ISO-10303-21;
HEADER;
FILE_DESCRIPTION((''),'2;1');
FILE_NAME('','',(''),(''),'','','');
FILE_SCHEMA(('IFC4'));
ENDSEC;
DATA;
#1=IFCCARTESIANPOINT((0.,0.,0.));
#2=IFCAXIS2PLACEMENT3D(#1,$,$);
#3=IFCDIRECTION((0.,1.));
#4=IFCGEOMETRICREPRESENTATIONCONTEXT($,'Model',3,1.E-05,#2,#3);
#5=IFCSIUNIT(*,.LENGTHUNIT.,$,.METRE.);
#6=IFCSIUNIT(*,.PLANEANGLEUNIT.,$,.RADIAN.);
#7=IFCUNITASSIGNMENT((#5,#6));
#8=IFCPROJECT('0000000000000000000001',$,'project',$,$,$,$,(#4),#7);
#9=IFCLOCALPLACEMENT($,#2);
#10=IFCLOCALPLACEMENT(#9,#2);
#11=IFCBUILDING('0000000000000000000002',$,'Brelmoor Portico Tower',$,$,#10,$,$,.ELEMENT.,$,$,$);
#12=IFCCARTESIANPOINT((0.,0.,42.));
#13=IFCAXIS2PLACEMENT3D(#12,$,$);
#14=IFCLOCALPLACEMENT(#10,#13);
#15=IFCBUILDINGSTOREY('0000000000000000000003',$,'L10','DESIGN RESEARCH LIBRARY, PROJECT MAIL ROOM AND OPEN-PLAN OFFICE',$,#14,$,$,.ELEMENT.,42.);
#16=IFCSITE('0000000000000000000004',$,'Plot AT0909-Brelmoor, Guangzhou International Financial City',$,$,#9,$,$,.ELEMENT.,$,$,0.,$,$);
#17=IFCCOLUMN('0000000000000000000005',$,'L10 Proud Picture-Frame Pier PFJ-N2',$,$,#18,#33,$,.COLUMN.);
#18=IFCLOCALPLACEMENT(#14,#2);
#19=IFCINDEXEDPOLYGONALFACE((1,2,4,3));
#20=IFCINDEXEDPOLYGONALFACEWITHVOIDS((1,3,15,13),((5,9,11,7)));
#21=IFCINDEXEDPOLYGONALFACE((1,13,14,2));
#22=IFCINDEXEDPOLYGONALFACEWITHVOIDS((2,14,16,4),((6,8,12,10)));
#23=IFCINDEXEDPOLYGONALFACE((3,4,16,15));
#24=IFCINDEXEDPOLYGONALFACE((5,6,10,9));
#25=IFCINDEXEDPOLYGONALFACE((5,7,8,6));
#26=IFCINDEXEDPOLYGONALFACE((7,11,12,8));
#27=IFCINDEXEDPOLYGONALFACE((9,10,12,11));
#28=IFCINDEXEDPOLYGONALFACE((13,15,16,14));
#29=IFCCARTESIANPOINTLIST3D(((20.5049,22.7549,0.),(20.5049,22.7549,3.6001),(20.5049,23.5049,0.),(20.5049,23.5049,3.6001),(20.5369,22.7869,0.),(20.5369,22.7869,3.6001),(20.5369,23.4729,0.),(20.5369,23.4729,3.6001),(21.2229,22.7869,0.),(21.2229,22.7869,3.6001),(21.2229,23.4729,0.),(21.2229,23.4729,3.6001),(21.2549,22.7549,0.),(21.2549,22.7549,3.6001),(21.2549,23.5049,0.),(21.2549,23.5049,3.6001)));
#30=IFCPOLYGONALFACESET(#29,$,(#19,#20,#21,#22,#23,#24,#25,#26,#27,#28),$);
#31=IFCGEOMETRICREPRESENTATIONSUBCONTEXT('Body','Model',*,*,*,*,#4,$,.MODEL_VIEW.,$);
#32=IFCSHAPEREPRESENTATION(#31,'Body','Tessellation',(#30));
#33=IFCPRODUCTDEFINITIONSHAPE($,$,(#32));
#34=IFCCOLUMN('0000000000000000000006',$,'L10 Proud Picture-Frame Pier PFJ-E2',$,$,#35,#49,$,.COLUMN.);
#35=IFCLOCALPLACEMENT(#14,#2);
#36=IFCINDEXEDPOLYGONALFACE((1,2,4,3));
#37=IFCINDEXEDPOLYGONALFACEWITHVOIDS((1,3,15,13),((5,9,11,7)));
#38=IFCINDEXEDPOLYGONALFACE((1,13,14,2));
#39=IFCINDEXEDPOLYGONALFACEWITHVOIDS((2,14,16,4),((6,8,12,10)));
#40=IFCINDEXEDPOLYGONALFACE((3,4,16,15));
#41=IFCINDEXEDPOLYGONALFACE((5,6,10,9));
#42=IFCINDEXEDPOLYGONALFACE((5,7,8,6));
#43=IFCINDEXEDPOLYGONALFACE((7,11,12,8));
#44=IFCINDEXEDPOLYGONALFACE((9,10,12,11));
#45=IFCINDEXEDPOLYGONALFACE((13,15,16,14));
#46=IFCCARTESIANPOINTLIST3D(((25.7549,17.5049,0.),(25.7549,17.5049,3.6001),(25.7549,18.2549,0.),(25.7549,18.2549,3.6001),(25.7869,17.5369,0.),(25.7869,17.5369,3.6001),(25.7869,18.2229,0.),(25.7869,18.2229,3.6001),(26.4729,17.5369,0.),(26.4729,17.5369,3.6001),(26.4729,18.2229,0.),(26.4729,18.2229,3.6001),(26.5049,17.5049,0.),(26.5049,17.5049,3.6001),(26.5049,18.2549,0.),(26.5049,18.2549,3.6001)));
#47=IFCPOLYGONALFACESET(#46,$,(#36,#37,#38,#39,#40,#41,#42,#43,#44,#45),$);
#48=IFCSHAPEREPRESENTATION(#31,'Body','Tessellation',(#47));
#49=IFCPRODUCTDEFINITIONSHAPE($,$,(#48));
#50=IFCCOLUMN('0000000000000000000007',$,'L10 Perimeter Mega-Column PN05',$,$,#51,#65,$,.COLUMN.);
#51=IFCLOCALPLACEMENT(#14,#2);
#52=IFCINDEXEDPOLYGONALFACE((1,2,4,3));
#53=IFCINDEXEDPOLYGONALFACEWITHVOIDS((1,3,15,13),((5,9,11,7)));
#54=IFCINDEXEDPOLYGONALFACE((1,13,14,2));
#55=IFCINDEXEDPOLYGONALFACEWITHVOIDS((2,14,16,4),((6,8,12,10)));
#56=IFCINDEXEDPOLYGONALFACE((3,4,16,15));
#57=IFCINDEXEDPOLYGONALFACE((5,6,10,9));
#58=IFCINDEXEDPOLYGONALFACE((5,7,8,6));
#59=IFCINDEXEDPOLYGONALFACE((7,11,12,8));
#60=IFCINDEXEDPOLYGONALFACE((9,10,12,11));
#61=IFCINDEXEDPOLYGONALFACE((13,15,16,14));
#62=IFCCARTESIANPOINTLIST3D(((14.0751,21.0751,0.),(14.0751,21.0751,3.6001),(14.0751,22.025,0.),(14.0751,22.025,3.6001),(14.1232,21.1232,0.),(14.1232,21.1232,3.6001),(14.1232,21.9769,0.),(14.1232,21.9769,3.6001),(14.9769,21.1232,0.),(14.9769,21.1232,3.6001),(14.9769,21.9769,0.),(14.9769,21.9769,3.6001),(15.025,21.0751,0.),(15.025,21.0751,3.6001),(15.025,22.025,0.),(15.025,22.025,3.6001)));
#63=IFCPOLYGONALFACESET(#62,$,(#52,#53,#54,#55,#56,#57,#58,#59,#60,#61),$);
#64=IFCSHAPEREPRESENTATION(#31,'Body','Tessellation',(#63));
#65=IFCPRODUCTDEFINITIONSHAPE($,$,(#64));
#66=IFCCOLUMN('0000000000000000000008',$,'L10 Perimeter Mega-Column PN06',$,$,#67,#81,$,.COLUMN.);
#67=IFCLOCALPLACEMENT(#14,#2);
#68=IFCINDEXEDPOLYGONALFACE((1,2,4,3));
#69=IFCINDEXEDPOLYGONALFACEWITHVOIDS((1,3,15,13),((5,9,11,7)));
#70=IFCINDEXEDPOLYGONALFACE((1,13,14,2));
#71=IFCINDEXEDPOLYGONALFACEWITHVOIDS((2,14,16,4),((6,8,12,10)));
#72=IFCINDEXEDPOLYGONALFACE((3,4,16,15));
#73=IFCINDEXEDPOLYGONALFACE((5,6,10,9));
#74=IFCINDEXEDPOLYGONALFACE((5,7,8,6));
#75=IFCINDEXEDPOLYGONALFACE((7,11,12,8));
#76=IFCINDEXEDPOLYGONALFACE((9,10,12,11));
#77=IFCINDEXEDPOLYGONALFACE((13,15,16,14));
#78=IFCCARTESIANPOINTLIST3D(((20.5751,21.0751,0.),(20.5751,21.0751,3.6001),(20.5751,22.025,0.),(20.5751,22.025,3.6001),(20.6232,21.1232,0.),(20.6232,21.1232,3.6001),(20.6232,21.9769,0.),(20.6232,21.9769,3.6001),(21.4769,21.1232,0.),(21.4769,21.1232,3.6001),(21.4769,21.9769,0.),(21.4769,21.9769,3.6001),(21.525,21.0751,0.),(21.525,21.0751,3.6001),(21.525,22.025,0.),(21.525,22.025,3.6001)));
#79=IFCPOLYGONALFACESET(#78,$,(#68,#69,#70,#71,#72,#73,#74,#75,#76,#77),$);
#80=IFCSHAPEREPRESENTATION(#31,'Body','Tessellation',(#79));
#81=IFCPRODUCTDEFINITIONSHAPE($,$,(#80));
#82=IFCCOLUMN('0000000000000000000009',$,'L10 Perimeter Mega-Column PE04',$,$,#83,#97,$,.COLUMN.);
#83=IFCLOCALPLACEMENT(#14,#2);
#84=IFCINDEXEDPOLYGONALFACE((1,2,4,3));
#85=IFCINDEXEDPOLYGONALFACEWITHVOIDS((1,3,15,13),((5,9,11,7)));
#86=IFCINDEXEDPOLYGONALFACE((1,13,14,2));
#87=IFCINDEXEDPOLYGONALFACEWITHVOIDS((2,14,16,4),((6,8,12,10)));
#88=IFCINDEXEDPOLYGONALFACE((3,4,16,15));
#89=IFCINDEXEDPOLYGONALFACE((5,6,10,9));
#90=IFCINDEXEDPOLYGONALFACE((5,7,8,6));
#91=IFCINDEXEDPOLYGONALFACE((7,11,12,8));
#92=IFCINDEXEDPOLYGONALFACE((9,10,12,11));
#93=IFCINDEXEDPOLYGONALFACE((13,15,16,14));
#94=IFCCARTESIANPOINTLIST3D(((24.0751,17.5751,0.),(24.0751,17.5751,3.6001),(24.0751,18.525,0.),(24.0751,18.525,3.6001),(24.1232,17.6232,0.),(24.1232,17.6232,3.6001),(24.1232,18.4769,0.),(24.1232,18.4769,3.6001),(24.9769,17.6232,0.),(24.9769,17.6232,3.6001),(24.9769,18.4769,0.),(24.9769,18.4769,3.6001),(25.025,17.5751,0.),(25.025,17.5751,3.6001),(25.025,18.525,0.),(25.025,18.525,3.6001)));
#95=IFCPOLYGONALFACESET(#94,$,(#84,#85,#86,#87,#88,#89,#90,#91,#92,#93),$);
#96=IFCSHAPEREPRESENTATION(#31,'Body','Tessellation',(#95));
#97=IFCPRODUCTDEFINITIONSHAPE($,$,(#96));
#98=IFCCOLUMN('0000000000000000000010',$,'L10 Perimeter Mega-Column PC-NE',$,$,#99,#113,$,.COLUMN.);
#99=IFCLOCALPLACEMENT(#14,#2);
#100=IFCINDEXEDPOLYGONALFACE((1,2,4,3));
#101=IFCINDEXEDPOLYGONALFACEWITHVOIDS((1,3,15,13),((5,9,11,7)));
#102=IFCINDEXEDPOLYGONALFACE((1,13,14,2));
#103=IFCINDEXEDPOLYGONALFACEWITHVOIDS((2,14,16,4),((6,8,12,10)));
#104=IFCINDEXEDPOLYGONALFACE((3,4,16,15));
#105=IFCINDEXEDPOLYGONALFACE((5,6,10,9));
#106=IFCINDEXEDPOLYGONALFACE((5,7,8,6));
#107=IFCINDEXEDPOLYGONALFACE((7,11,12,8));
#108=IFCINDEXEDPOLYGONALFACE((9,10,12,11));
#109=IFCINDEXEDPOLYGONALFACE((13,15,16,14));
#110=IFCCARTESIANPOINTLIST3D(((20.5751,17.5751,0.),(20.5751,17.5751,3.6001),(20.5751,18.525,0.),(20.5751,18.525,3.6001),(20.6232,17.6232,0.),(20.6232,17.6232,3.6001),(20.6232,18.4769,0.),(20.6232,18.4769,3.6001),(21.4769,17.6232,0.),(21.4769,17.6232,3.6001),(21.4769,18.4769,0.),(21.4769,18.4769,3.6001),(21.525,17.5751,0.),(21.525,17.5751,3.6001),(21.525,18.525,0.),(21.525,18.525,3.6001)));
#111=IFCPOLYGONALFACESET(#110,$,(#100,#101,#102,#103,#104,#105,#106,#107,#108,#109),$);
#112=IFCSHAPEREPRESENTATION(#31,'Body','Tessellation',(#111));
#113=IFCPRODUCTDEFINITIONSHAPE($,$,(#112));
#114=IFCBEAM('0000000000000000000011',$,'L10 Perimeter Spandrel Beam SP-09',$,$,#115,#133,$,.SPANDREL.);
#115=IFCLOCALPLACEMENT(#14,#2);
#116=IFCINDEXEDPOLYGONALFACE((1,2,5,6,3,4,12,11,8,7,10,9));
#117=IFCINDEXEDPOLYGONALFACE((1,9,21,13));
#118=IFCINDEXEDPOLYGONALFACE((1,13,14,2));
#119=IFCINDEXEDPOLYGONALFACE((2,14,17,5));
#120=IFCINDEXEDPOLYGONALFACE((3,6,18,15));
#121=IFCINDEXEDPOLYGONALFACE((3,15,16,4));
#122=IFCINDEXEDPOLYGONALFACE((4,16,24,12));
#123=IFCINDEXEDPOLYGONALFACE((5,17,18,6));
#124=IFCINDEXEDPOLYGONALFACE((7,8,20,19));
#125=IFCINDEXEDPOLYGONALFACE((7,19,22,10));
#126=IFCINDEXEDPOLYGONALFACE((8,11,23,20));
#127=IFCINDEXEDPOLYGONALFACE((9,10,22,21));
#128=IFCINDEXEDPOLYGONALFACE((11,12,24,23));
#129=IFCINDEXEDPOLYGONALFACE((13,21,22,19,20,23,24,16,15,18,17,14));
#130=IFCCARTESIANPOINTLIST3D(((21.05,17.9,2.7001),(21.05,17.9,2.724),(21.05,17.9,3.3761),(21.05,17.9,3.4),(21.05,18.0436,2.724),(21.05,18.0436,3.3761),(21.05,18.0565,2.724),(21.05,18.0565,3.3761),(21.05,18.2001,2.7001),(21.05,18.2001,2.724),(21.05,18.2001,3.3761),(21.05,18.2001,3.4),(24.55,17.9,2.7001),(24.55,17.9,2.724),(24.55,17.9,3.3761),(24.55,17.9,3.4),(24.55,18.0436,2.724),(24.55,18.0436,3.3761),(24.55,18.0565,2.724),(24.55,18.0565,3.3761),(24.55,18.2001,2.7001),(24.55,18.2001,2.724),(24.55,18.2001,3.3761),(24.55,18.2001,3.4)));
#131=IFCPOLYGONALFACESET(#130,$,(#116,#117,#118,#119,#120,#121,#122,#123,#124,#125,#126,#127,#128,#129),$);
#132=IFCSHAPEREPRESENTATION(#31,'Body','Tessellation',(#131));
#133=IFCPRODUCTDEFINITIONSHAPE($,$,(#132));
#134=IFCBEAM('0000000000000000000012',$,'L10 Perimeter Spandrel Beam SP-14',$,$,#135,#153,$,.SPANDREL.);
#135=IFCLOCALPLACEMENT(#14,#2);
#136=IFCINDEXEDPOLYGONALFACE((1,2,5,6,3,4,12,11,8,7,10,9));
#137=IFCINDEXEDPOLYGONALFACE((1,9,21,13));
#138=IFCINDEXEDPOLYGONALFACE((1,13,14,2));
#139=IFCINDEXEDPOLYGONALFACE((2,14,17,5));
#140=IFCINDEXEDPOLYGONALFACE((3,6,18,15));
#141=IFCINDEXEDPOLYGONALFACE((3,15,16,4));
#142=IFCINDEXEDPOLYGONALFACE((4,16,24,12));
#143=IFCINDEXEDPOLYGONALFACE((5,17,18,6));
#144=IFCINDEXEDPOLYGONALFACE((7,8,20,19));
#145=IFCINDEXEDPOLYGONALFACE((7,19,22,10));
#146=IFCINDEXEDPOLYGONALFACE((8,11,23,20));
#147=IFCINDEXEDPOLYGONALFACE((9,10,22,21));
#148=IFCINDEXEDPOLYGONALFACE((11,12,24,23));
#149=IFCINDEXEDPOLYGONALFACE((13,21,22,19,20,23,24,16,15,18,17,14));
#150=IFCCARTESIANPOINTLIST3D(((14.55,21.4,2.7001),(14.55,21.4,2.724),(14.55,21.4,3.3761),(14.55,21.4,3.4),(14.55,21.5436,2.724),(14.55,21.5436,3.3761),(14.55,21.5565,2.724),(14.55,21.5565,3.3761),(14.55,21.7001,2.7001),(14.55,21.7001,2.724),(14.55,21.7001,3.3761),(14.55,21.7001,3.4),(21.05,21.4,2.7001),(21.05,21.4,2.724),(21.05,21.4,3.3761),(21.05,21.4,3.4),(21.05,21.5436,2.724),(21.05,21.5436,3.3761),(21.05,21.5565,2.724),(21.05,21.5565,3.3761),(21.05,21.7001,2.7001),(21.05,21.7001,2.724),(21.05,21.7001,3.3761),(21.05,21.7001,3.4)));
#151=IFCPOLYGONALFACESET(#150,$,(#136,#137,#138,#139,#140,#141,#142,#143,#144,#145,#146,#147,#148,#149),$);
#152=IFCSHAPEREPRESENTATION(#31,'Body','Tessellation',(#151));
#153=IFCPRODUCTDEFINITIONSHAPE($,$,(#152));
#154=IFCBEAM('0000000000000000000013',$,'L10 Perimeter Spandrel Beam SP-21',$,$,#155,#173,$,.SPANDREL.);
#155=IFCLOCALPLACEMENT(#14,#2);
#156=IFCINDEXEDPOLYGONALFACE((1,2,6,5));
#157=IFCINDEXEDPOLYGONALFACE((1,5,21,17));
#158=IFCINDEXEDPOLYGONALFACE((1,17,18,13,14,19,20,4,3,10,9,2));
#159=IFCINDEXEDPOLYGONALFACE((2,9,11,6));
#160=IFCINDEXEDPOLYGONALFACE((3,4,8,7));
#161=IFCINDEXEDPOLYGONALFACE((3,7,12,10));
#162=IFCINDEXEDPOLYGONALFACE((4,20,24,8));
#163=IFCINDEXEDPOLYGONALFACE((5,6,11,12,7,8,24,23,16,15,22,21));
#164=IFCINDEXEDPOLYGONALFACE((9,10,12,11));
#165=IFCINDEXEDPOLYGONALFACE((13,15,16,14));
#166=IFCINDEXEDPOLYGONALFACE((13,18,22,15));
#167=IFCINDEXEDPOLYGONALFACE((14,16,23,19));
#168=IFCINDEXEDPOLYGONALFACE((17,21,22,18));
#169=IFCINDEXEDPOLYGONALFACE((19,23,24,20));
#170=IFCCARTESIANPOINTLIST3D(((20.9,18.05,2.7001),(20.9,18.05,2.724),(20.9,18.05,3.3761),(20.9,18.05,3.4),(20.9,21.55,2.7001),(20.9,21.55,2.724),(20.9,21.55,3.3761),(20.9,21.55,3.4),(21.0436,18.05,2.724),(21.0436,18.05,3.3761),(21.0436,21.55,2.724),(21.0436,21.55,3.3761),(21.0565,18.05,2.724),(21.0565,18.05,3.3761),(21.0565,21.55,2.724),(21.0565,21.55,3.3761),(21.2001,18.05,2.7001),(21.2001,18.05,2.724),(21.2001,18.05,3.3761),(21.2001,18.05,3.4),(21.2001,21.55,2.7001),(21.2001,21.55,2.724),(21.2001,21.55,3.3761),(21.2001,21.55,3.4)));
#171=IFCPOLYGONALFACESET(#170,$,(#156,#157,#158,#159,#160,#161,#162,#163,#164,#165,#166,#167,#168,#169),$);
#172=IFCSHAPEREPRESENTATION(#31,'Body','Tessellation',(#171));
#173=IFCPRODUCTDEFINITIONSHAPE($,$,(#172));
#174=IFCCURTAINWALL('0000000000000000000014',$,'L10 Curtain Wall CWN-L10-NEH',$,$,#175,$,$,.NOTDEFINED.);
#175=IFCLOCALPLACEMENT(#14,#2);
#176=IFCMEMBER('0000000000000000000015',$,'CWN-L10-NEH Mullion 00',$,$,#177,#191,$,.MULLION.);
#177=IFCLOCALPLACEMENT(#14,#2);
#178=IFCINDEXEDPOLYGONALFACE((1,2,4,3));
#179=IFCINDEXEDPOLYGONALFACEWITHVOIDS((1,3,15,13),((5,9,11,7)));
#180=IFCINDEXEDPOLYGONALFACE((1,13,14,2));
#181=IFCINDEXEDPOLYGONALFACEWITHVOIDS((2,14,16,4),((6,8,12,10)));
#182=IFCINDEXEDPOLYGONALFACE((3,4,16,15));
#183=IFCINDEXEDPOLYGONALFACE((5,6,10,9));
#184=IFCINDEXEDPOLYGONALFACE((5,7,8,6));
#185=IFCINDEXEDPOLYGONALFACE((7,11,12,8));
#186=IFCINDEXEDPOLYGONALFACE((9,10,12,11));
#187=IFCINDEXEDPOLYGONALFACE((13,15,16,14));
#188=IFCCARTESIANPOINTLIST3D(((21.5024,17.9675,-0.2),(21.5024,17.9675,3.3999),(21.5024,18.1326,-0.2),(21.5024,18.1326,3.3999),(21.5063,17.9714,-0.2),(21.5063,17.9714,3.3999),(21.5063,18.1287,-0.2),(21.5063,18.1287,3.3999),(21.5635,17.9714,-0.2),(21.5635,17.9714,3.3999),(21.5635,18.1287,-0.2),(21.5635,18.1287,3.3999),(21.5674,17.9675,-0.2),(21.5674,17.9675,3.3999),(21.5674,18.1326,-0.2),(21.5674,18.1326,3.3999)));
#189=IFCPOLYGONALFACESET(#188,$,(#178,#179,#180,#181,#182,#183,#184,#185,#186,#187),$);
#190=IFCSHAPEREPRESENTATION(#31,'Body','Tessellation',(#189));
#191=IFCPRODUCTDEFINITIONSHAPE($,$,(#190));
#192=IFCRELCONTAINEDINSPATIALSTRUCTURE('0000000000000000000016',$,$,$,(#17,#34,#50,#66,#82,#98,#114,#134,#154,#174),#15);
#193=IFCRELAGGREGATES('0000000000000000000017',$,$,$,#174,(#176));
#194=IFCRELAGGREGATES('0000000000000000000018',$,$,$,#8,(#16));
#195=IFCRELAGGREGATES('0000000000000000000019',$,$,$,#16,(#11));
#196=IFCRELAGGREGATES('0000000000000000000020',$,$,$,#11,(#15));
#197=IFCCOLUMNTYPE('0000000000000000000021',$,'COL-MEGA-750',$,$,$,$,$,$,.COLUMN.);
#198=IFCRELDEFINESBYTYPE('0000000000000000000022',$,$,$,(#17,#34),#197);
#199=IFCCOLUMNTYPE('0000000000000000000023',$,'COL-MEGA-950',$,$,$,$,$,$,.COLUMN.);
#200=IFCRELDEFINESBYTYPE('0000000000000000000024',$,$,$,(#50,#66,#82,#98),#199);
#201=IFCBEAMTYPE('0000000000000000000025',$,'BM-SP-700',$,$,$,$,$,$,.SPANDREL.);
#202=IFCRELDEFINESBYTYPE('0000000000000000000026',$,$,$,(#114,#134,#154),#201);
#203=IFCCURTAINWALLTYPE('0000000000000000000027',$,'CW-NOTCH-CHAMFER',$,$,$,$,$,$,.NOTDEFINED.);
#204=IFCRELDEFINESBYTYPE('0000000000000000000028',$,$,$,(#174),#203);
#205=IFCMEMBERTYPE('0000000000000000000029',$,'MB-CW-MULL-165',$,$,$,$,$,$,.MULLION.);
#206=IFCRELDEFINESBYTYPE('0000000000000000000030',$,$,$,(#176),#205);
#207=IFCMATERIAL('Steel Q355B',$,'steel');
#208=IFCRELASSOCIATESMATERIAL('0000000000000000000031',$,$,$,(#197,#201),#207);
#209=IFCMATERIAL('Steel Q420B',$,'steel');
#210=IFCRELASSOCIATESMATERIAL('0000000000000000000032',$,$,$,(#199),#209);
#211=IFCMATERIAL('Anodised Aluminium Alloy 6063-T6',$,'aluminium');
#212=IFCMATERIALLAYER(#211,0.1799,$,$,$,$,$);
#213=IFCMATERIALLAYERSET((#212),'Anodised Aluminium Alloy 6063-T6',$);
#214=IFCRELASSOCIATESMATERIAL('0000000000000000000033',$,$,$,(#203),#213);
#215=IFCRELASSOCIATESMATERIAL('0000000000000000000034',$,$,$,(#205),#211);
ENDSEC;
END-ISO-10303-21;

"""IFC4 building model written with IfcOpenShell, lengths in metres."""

from ifc_helpers import new_model, si_unit, direction, frame, origin, origin_2d, place, context, subcontext, project, spatial, hollow_rectangle, i_section, extrude, material, layer, layer_set, material_profile, profile_set, type_object, element, aggregate, save


model = new_model("IFC4")

# Units and contexts
model_context = context("Model", 3, precision=1e-05, world=origin(), true_north=direction((0.0, 1.0)))
body_context = subcontext(model_context, "Body", "Model", "MODEL_VIEW")
ifc_project = project(units=[si_unit("LENGTHUNIT", "METRE"), si_unit("PLANEANGLEUNIT", "RADIAN")], contexts=[model_context])

# Site, building, storey
site_placement = place(None, origin())
site = spatial("IfcSite", under=ifc_project, at=site_placement, Name="Plot AT0909-Brelmoor, Guangzhou International Financial City", CompositionType="ELEMENT", RefElevation=0.0)
building_placement = place(site_placement, origin())
building = spatial("IfcBuilding", under=site, at=building_placement, Name="Brelmoor Portico Tower", CompositionType="ELEMENT")
storey_placement = place(building_placement, frame((0.0, 0.0, 42.0)))
storey = spatial("IfcBuildingStorey", under=building, at=storey_placement, Name="L10", Description="DESIGN RESEARCH LIBRARY, PROJECT MAIL ROOM AND OPEN-PLAN OFFICE", CompositionType="ELEMENT", Elevation=42.0)

# Columns
ifc_material_1 = material(Name="Steel Q355B", Category="steel")
ifc_material_profile_1 = material_profile(ifc_material_1, hollow_rectangle(XDim=0.75, YDim=0.75, WallThickness=0.032, at=origin_2d()), Name="BOX 750x750x32")
ifc_profile_set_1 = profile_set([ifc_material_profile_1], Name="Steel Q355B")
column_type_1 = type_object("IfcColumnType", Name="COL-MEGA-750", PredefinedType="COLUMN", material=ifc_profile_set_1)
for number, where, z_axis, x_axis, name in (
    (1, (20.8799, 23.1299, 0.0), (0.0, 0.0, 1.0), (1.0, 0.0, 0.0), "L10 Proud Picture-Frame Pier PFJ-N2"),
    (2, (26.1299, 17.8799, 0.0), (0.0, 0.0, 1.0), (0.0, 1.0, 0.0), "L10 Proud Picture-Frame Pier PFJ-E2"),
):
    element("IfcColumn", number, at=place(storey_placement, frame(where, z_axis=z_axis, x_axis=x_axis)), inside=storey, type_object=column_type_1, Name=name, PredefinedType="COLUMN", context=body_context, shape_type="SweptSolid", body=[
        extrude(hollow_rectangle(XDim=0.75, YDim=0.75, WallThickness=0.032, at=origin_2d()), origin(), (0.0, 0.0, 1.0), 3.6001),
    ])
ifc_material_2 = material(Name="Steel Q420B", Category="steel")
ifc_material_profile_2 = material_profile(ifc_material_2, hollow_rectangle(XDim=0.95, YDim=0.95, WallThickness=0.0481, at=origin_2d()), Name="BOX 950x950x48")
ifc_profile_set_2 = profile_set([ifc_material_profile_2], Name="Steel Q420B")
column_type_2 = type_object("IfcColumnType", Name="COL-MEGA-950", PredefinedType="COLUMN", material=ifc_profile_set_2)
for number, where, z_axis, x_axis, name in (
    (3, (14.55, 21.55, 0.0), (0.0, 0.0, 1.0), (1.0, 0.0, 0.0), "L10 Perimeter Mega-Column PN05"),
    (4, (21.05, 21.55, 0.0), (0.0, 0.0, 1.0), (1.0, 0.0, 0.0), "L10 Perimeter Mega-Column PN06"),
    (5, (24.55, 18.05, 0.0), (0.0, 0.0, 1.0), (0.0, 1.0, 0.0), "L10 Perimeter Mega-Column PE04"),
    (6, (21.05, 18.05, 0.0), (0.0, 0.0, 1.0), (1.0, 0.0, 0.0), "L10 Perimeter Mega-Column PC-NE"),
):
    element("IfcColumn", number, at=place(storey_placement, frame(where, z_axis=z_axis, x_axis=x_axis)), inside=storey, type_object=column_type_2, Name=name, PredefinedType="COLUMN", context=body_context, shape_type="SweptSolid", body=[
        extrude(hollow_rectangle(XDim=0.95, YDim=0.95, WallThickness=0.0481, at=origin_2d()), origin(), (0.0, 0.0, 1.0), 3.6001),
    ])

# Beams
ifc_material_profile_3 = material_profile(ifc_material_1, i_section(OverallWidth=0.3, OverallDepth=0.7, WebThickness=0.0129, FlangeThickness=0.0239, at=origin_2d()), Name="HN 700x300x13x24")
ifc_profile_set_3 = profile_set([ifc_material_profile_3], Name="Steel Q355B")
beam_type = type_object("IfcBeamType", Name="BM-SP-700", PredefinedType="SPANDREL", material=ifc_profile_set_3)
beam_1_placement = place(storey_placement, frame((21.05, 18.05, 3.05), z_axis=(1.0, 0.0, 0.0), x_axis=(0.0, 1.0, 0.0)))
element("IfcBeam", 7, at=beam_1_placement, inside=storey, type_object=beam_type, Name="L10 Perimeter Spandrel Beam SP-09", PredefinedType="SPANDREL", context=body_context, shape_type="SweptSolid", body=[
    extrude(i_section(OverallWidth=0.3, OverallDepth=0.7, WebThickness=0.0129, FlangeThickness=0.0239, at=origin_2d()), origin(), (0.0, 0.0, 1.0), 3.5),
])
beam_2_placement = place(storey_placement, frame((14.55, 21.55, 3.05), z_axis=(1.0, 0.0, 0.0), x_axis=(0.0, 1.0, 0.0)))
element("IfcBeam", 8, at=beam_2_placement, inside=storey, type_object=beam_type, Name="L10 Perimeter Spandrel Beam SP-14", PredefinedType="SPANDREL", context=body_context, shape_type="SweptSolid", body=[
    extrude(i_section(OverallWidth=0.3, OverallDepth=0.7, WebThickness=0.0129, FlangeThickness=0.0239, at=origin_2d()), origin(), (0.0, 0.0, 1.0), 6.5),
])
beam_3_placement = place(storey_placement, frame((21.05, 18.05, 3.05), z_axis=(0.0, 1.0, 0.0), x_axis=(-1.0, 0.0, 0.0)))
element("IfcBeam", 9, at=beam_3_placement, inside=storey, type_object=beam_type, Name="L10 Perimeter Spandrel Beam SP-21", PredefinedType="SPANDREL", context=body_context, shape_type="SweptSolid", body=[
    extrude(i_section(OverallWidth=0.3, OverallDepth=0.7, WebThickness=0.0129, FlangeThickness=0.0239, at=origin_2d()), origin(), (0.0, 0.0, 1.0), 3.5),
])

# Curtain wall, member
ifc_material_3 = material(Name="Anodised Aluminium Alloy 6063-T6", Category="aluminium")
ifc_layer_1 = layer(ifc_material_3, 0.1799)
ifc_layer_set_1 = layer_set([ifc_layer_1], Name="Anodised Aluminium Alloy 6063-T6")
curtain_wall_type = type_object("IfcCurtainWallType", Name="CW-NOTCH-CHAMFER", PredefinedType="NOTDEFINED", material=ifc_layer_set_1)
curtain_wall_1_placement = place(storey_placement, origin())
curtain_wall_1 = element("IfcCurtainWall", 10, at=curtain_wall_1_placement, inside=storey, type_object=curtain_wall_type, Name="L10 Curtain Wall CWN-L10-NEH", PredefinedType="NOTDEFINED")
ifc_material_profile_4 = material_profile(ifc_material_3, hollow_rectangle(XDim=0.0649, YDim=0.165, WallThickness=0.0039, at=origin_2d()), Name="ALU MULLION 65x165")
ifc_profile_set_4 = profile_set([ifc_material_profile_4], Name="Anodised Aluminium Alloy 6063-T6")
member_type_1 = type_object("IfcMemberType", Name="MB-CW-MULL-165", PredefinedType="MULLION", material=ifc_profile_set_4)
member_1_placement = place(storey_placement, frame((21.5349, 18.05, -0.2), z_axis=(0.0, 0.0, 1.0), x_axis=(1.0, 0.0, 0.0)))
member_1 = element("IfcMember", 11, at=member_1_placement, type_object=member_type_1, Name="CWN-L10-NEH Mullion 00", PredefinedType="MULLION", context=body_context, shape_type="SweptSolid", body=[
    extrude(hollow_rectangle(XDim=0.0649, YDim=0.165, WallThickness=0.0039, at=origin_2d()), origin(), (0.0, 0.0, 1.0), 3.5999),
])

aggregate(curtain_wall_1, [member_1])

save(model, "model.ifc")
